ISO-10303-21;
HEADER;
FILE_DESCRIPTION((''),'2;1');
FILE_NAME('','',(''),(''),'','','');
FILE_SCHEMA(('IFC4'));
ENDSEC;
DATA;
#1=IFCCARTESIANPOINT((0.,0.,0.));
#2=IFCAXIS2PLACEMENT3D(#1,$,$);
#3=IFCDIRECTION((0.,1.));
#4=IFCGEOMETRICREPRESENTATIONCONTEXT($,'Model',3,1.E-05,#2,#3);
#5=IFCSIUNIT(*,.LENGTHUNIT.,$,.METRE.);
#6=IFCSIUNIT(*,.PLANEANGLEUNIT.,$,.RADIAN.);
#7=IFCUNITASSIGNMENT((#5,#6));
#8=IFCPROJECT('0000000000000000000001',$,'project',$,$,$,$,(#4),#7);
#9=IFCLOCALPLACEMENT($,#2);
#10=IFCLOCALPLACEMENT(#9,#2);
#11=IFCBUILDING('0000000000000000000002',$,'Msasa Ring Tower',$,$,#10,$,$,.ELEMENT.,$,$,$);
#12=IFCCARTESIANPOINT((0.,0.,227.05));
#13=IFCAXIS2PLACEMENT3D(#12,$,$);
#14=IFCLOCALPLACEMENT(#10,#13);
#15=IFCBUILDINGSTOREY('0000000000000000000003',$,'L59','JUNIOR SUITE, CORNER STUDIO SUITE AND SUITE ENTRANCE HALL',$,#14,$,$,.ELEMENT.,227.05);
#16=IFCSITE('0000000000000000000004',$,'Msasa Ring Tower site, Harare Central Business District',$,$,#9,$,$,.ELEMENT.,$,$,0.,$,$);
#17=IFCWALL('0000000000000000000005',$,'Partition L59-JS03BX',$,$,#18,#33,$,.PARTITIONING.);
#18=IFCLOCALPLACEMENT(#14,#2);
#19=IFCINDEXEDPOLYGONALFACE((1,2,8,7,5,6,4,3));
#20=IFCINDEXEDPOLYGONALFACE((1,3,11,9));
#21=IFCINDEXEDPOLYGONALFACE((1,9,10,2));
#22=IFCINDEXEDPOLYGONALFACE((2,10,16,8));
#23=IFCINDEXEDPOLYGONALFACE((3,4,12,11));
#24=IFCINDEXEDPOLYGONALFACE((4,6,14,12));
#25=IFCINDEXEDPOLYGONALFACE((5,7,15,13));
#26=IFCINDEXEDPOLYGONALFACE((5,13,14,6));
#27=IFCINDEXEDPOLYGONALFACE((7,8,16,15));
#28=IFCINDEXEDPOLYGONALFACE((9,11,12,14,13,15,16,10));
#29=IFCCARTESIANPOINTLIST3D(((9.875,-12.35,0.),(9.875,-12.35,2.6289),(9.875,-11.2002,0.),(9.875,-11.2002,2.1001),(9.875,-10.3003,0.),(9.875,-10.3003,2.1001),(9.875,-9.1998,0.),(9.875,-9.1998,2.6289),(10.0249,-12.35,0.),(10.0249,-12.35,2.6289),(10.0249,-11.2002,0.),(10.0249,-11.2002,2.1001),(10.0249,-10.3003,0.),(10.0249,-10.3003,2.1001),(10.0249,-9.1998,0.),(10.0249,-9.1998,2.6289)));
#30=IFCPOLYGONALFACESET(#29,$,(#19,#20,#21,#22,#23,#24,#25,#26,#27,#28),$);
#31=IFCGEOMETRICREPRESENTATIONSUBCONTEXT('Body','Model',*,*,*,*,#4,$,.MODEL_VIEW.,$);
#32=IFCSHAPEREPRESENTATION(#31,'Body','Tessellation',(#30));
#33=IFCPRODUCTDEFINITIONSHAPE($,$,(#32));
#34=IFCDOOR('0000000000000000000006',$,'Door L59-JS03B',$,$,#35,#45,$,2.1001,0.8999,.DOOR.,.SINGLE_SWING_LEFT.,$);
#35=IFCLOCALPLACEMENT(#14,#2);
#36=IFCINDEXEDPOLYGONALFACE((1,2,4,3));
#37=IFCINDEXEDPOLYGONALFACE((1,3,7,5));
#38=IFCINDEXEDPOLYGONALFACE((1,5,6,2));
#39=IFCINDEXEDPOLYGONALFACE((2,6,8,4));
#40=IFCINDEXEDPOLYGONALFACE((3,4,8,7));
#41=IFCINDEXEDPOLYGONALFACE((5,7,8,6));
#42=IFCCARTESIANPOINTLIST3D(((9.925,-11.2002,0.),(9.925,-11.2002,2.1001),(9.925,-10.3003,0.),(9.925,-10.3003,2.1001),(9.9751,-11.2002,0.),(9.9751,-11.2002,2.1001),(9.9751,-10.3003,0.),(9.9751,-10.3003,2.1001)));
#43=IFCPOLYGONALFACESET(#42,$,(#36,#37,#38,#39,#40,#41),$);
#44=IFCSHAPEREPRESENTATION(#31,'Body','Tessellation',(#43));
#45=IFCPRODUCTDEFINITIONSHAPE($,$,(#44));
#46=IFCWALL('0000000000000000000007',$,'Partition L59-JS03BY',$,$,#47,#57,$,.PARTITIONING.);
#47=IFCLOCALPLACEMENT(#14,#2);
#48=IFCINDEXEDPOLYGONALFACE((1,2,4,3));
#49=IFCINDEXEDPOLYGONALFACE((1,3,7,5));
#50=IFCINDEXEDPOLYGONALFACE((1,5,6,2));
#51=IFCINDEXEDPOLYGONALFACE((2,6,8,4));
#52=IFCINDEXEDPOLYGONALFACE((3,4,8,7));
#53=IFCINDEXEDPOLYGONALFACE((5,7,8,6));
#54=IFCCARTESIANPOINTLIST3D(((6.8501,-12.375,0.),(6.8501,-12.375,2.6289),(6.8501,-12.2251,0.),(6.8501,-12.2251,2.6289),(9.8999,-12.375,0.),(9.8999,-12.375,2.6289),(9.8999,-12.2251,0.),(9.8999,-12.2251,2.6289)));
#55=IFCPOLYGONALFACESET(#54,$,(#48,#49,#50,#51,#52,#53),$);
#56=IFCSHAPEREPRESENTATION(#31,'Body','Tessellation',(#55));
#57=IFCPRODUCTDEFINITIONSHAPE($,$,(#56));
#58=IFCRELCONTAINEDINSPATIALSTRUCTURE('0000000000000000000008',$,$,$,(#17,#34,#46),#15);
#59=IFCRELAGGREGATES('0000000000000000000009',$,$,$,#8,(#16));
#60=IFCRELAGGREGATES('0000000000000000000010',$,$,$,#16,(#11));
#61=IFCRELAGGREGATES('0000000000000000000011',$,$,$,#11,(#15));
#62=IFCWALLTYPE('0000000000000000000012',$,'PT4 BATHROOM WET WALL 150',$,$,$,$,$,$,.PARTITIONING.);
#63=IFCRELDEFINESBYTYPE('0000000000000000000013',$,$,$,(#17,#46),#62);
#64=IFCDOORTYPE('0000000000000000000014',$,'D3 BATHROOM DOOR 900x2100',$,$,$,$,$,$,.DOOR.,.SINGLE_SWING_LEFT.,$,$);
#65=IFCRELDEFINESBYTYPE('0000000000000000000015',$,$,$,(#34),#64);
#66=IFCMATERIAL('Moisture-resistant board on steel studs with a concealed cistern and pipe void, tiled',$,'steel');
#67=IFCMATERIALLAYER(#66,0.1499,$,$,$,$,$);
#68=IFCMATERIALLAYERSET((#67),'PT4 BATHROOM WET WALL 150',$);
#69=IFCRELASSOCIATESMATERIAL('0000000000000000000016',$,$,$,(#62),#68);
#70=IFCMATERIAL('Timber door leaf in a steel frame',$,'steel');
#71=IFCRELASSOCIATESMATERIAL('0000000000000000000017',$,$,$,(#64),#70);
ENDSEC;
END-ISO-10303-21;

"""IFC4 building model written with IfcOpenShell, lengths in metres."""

from ifc_helpers import new_model, si_unit, direction, frame, frame_2d, origin, place, context, subcontext, project, spatial, rectangle, extrude, material, layer, layer_set, type_object, element, fill, save


model = new_model("IFC4")

# Units and contexts
model_context = context("Model", 3, precision=1e-05, world=origin(), true_north=direction((0.0, 1.0)))
body_context = subcontext(model_context, "Body", "Model", "MODEL_VIEW")
ifc_project = project(units=[si_unit("LENGTHUNIT", "METRE"), si_unit("PLANEANGLEUNIT", "RADIAN")], contexts=[model_context])

# Site, building, storey
site_placement = place(None, origin())
site = spatial("IfcSite", under=ifc_project, at=site_placement, Name="Msasa Ring Tower site, Harare Central Business District", CompositionType="ELEMENT", RefElevation=0.0)
building_placement = place(site_placement, origin())
building = spatial("IfcBuilding", under=site, at=building_placement, Name="Msasa Ring Tower", CompositionType="ELEMENT")
storey_placement = place(building_placement, frame((0.0, 0.0, 227.05)))
storey = spatial("IfcBuildingStorey", under=building, at=storey_placement, Name="L59", Description="JUNIOR SUITE, CORNER STUDIO SUITE AND SUITE ENTRANCE HALL", CompositionType="ELEMENT", Elevation=227.05)

# Shared definitions
ifc_material_1 = material(Name="Moisture-resistant board on steel studs with a concealed cistern and pipe void, tiled", Category="steel")
ifc_layer_1 = layer(ifc_material_1, 0.1499)
ifc_layer_set_1 = layer_set([ifc_layer_1], Name="PT4 BATHROOM WET WALL 150")
wall_type_1 = type_object("IfcWallType", Name="PT4 BATHROOM WET WALL 150", PredefinedType="PARTITIONING", material=ifc_layer_set_1)
ifc_material_2 = material(Name="Timber door leaf in a steel frame", Category="steel")
door_type = type_object("IfcDoorType", Name="D3 BATHROOM DOOR 900x2100", OperationType="SINGLE_SWING_LEFT", PredefinedType="DOOR", material=ifc_material_2)

# Wall, opening, door
wall_1_placement = place(storey_placement, frame((9.95, -12.3501, 0.0), z_axis=(0.0, 0.0, 1.0), x_axis=(0.0, 1.0, 0.0)))
wall_1 = element("IfcWall", 1, at=wall_1_placement, inside=storey, type_object=wall_type_1, Name="Partition L59-JS03BX", PredefinedType="PARTITIONING", context=body_context, shape_type="SweptSolid", body=[
    extrude(rectangle(XDim=3.1501, YDim=0.1499, at=frame_2d((1.5752, 0.0))), origin(), (0.0, 0.0, 1.0), 2.6289),
])
opening_1_placement = place(wall_1_placement, frame((1.1499, 0.0, 0.0)))
opening_1 = element("IfcOpeningElement", 2, at=opening_1_placement, cuts=wall_1, PredefinedType="OPENING", context=body_context, shape_type="SweptSolid", body=[
    extrude(rectangle(XDim=0.8999, YDim=2.1001, at=frame_2d((0.45, 1.05))), frame((0.0, 0.085, 0.0), z_axis=(0.0, -1.0, 0.0), x_axis=(1.0, 0.0, 0.0)), (0.0, 0.0, 1.0), 0.1699),
])
door_1_placement = place(opening_1_placement, origin())
door_1 = element("IfcDoor", 3, at=door_1_placement, inside=storey, type_object=door_type, Name="Door L59-JS03B", OperationType="SINGLE_SWING_LEFT", OverallHeight=2.1001, OverallWidth=0.8999, PredefinedType="DOOR", context=body_context, shape_type="SweptSolid", body=[
    extrude(rectangle(XDim=0.8999, YDim=2.1001, at=frame_2d((0.45, 1.05))), frame((0.0, 0.0249, 0.0), z_axis=(0.0, -1.0, 0.0), x_axis=(1.0, 0.0, 0.0)), (0.0, 0.0, 1.0), 0.05),
])
fill(opening_1, door_1)

# Wall
wall_2_placement = place(storey_placement, frame((6.8501, -12.3, 0.0), z_axis=(0.0, 0.0, 1.0), x_axis=(1.0, 0.0, 0.0)))
element("IfcWall", 4, at=wall_2_placement, inside=storey, type_object=wall_type_1, Name="Partition L59-JS03BY", PredefinedType="PARTITIONING", context=body_context, shape_type="SweptSolid", body=[
    extrude(rectangle(XDim=3.0498, YDim=0.1499, at=frame_2d((1.5249, 0.0))), origin(), (0.0, 0.0, 1.0), 2.6289),
])

save(model, "model.ifc")
